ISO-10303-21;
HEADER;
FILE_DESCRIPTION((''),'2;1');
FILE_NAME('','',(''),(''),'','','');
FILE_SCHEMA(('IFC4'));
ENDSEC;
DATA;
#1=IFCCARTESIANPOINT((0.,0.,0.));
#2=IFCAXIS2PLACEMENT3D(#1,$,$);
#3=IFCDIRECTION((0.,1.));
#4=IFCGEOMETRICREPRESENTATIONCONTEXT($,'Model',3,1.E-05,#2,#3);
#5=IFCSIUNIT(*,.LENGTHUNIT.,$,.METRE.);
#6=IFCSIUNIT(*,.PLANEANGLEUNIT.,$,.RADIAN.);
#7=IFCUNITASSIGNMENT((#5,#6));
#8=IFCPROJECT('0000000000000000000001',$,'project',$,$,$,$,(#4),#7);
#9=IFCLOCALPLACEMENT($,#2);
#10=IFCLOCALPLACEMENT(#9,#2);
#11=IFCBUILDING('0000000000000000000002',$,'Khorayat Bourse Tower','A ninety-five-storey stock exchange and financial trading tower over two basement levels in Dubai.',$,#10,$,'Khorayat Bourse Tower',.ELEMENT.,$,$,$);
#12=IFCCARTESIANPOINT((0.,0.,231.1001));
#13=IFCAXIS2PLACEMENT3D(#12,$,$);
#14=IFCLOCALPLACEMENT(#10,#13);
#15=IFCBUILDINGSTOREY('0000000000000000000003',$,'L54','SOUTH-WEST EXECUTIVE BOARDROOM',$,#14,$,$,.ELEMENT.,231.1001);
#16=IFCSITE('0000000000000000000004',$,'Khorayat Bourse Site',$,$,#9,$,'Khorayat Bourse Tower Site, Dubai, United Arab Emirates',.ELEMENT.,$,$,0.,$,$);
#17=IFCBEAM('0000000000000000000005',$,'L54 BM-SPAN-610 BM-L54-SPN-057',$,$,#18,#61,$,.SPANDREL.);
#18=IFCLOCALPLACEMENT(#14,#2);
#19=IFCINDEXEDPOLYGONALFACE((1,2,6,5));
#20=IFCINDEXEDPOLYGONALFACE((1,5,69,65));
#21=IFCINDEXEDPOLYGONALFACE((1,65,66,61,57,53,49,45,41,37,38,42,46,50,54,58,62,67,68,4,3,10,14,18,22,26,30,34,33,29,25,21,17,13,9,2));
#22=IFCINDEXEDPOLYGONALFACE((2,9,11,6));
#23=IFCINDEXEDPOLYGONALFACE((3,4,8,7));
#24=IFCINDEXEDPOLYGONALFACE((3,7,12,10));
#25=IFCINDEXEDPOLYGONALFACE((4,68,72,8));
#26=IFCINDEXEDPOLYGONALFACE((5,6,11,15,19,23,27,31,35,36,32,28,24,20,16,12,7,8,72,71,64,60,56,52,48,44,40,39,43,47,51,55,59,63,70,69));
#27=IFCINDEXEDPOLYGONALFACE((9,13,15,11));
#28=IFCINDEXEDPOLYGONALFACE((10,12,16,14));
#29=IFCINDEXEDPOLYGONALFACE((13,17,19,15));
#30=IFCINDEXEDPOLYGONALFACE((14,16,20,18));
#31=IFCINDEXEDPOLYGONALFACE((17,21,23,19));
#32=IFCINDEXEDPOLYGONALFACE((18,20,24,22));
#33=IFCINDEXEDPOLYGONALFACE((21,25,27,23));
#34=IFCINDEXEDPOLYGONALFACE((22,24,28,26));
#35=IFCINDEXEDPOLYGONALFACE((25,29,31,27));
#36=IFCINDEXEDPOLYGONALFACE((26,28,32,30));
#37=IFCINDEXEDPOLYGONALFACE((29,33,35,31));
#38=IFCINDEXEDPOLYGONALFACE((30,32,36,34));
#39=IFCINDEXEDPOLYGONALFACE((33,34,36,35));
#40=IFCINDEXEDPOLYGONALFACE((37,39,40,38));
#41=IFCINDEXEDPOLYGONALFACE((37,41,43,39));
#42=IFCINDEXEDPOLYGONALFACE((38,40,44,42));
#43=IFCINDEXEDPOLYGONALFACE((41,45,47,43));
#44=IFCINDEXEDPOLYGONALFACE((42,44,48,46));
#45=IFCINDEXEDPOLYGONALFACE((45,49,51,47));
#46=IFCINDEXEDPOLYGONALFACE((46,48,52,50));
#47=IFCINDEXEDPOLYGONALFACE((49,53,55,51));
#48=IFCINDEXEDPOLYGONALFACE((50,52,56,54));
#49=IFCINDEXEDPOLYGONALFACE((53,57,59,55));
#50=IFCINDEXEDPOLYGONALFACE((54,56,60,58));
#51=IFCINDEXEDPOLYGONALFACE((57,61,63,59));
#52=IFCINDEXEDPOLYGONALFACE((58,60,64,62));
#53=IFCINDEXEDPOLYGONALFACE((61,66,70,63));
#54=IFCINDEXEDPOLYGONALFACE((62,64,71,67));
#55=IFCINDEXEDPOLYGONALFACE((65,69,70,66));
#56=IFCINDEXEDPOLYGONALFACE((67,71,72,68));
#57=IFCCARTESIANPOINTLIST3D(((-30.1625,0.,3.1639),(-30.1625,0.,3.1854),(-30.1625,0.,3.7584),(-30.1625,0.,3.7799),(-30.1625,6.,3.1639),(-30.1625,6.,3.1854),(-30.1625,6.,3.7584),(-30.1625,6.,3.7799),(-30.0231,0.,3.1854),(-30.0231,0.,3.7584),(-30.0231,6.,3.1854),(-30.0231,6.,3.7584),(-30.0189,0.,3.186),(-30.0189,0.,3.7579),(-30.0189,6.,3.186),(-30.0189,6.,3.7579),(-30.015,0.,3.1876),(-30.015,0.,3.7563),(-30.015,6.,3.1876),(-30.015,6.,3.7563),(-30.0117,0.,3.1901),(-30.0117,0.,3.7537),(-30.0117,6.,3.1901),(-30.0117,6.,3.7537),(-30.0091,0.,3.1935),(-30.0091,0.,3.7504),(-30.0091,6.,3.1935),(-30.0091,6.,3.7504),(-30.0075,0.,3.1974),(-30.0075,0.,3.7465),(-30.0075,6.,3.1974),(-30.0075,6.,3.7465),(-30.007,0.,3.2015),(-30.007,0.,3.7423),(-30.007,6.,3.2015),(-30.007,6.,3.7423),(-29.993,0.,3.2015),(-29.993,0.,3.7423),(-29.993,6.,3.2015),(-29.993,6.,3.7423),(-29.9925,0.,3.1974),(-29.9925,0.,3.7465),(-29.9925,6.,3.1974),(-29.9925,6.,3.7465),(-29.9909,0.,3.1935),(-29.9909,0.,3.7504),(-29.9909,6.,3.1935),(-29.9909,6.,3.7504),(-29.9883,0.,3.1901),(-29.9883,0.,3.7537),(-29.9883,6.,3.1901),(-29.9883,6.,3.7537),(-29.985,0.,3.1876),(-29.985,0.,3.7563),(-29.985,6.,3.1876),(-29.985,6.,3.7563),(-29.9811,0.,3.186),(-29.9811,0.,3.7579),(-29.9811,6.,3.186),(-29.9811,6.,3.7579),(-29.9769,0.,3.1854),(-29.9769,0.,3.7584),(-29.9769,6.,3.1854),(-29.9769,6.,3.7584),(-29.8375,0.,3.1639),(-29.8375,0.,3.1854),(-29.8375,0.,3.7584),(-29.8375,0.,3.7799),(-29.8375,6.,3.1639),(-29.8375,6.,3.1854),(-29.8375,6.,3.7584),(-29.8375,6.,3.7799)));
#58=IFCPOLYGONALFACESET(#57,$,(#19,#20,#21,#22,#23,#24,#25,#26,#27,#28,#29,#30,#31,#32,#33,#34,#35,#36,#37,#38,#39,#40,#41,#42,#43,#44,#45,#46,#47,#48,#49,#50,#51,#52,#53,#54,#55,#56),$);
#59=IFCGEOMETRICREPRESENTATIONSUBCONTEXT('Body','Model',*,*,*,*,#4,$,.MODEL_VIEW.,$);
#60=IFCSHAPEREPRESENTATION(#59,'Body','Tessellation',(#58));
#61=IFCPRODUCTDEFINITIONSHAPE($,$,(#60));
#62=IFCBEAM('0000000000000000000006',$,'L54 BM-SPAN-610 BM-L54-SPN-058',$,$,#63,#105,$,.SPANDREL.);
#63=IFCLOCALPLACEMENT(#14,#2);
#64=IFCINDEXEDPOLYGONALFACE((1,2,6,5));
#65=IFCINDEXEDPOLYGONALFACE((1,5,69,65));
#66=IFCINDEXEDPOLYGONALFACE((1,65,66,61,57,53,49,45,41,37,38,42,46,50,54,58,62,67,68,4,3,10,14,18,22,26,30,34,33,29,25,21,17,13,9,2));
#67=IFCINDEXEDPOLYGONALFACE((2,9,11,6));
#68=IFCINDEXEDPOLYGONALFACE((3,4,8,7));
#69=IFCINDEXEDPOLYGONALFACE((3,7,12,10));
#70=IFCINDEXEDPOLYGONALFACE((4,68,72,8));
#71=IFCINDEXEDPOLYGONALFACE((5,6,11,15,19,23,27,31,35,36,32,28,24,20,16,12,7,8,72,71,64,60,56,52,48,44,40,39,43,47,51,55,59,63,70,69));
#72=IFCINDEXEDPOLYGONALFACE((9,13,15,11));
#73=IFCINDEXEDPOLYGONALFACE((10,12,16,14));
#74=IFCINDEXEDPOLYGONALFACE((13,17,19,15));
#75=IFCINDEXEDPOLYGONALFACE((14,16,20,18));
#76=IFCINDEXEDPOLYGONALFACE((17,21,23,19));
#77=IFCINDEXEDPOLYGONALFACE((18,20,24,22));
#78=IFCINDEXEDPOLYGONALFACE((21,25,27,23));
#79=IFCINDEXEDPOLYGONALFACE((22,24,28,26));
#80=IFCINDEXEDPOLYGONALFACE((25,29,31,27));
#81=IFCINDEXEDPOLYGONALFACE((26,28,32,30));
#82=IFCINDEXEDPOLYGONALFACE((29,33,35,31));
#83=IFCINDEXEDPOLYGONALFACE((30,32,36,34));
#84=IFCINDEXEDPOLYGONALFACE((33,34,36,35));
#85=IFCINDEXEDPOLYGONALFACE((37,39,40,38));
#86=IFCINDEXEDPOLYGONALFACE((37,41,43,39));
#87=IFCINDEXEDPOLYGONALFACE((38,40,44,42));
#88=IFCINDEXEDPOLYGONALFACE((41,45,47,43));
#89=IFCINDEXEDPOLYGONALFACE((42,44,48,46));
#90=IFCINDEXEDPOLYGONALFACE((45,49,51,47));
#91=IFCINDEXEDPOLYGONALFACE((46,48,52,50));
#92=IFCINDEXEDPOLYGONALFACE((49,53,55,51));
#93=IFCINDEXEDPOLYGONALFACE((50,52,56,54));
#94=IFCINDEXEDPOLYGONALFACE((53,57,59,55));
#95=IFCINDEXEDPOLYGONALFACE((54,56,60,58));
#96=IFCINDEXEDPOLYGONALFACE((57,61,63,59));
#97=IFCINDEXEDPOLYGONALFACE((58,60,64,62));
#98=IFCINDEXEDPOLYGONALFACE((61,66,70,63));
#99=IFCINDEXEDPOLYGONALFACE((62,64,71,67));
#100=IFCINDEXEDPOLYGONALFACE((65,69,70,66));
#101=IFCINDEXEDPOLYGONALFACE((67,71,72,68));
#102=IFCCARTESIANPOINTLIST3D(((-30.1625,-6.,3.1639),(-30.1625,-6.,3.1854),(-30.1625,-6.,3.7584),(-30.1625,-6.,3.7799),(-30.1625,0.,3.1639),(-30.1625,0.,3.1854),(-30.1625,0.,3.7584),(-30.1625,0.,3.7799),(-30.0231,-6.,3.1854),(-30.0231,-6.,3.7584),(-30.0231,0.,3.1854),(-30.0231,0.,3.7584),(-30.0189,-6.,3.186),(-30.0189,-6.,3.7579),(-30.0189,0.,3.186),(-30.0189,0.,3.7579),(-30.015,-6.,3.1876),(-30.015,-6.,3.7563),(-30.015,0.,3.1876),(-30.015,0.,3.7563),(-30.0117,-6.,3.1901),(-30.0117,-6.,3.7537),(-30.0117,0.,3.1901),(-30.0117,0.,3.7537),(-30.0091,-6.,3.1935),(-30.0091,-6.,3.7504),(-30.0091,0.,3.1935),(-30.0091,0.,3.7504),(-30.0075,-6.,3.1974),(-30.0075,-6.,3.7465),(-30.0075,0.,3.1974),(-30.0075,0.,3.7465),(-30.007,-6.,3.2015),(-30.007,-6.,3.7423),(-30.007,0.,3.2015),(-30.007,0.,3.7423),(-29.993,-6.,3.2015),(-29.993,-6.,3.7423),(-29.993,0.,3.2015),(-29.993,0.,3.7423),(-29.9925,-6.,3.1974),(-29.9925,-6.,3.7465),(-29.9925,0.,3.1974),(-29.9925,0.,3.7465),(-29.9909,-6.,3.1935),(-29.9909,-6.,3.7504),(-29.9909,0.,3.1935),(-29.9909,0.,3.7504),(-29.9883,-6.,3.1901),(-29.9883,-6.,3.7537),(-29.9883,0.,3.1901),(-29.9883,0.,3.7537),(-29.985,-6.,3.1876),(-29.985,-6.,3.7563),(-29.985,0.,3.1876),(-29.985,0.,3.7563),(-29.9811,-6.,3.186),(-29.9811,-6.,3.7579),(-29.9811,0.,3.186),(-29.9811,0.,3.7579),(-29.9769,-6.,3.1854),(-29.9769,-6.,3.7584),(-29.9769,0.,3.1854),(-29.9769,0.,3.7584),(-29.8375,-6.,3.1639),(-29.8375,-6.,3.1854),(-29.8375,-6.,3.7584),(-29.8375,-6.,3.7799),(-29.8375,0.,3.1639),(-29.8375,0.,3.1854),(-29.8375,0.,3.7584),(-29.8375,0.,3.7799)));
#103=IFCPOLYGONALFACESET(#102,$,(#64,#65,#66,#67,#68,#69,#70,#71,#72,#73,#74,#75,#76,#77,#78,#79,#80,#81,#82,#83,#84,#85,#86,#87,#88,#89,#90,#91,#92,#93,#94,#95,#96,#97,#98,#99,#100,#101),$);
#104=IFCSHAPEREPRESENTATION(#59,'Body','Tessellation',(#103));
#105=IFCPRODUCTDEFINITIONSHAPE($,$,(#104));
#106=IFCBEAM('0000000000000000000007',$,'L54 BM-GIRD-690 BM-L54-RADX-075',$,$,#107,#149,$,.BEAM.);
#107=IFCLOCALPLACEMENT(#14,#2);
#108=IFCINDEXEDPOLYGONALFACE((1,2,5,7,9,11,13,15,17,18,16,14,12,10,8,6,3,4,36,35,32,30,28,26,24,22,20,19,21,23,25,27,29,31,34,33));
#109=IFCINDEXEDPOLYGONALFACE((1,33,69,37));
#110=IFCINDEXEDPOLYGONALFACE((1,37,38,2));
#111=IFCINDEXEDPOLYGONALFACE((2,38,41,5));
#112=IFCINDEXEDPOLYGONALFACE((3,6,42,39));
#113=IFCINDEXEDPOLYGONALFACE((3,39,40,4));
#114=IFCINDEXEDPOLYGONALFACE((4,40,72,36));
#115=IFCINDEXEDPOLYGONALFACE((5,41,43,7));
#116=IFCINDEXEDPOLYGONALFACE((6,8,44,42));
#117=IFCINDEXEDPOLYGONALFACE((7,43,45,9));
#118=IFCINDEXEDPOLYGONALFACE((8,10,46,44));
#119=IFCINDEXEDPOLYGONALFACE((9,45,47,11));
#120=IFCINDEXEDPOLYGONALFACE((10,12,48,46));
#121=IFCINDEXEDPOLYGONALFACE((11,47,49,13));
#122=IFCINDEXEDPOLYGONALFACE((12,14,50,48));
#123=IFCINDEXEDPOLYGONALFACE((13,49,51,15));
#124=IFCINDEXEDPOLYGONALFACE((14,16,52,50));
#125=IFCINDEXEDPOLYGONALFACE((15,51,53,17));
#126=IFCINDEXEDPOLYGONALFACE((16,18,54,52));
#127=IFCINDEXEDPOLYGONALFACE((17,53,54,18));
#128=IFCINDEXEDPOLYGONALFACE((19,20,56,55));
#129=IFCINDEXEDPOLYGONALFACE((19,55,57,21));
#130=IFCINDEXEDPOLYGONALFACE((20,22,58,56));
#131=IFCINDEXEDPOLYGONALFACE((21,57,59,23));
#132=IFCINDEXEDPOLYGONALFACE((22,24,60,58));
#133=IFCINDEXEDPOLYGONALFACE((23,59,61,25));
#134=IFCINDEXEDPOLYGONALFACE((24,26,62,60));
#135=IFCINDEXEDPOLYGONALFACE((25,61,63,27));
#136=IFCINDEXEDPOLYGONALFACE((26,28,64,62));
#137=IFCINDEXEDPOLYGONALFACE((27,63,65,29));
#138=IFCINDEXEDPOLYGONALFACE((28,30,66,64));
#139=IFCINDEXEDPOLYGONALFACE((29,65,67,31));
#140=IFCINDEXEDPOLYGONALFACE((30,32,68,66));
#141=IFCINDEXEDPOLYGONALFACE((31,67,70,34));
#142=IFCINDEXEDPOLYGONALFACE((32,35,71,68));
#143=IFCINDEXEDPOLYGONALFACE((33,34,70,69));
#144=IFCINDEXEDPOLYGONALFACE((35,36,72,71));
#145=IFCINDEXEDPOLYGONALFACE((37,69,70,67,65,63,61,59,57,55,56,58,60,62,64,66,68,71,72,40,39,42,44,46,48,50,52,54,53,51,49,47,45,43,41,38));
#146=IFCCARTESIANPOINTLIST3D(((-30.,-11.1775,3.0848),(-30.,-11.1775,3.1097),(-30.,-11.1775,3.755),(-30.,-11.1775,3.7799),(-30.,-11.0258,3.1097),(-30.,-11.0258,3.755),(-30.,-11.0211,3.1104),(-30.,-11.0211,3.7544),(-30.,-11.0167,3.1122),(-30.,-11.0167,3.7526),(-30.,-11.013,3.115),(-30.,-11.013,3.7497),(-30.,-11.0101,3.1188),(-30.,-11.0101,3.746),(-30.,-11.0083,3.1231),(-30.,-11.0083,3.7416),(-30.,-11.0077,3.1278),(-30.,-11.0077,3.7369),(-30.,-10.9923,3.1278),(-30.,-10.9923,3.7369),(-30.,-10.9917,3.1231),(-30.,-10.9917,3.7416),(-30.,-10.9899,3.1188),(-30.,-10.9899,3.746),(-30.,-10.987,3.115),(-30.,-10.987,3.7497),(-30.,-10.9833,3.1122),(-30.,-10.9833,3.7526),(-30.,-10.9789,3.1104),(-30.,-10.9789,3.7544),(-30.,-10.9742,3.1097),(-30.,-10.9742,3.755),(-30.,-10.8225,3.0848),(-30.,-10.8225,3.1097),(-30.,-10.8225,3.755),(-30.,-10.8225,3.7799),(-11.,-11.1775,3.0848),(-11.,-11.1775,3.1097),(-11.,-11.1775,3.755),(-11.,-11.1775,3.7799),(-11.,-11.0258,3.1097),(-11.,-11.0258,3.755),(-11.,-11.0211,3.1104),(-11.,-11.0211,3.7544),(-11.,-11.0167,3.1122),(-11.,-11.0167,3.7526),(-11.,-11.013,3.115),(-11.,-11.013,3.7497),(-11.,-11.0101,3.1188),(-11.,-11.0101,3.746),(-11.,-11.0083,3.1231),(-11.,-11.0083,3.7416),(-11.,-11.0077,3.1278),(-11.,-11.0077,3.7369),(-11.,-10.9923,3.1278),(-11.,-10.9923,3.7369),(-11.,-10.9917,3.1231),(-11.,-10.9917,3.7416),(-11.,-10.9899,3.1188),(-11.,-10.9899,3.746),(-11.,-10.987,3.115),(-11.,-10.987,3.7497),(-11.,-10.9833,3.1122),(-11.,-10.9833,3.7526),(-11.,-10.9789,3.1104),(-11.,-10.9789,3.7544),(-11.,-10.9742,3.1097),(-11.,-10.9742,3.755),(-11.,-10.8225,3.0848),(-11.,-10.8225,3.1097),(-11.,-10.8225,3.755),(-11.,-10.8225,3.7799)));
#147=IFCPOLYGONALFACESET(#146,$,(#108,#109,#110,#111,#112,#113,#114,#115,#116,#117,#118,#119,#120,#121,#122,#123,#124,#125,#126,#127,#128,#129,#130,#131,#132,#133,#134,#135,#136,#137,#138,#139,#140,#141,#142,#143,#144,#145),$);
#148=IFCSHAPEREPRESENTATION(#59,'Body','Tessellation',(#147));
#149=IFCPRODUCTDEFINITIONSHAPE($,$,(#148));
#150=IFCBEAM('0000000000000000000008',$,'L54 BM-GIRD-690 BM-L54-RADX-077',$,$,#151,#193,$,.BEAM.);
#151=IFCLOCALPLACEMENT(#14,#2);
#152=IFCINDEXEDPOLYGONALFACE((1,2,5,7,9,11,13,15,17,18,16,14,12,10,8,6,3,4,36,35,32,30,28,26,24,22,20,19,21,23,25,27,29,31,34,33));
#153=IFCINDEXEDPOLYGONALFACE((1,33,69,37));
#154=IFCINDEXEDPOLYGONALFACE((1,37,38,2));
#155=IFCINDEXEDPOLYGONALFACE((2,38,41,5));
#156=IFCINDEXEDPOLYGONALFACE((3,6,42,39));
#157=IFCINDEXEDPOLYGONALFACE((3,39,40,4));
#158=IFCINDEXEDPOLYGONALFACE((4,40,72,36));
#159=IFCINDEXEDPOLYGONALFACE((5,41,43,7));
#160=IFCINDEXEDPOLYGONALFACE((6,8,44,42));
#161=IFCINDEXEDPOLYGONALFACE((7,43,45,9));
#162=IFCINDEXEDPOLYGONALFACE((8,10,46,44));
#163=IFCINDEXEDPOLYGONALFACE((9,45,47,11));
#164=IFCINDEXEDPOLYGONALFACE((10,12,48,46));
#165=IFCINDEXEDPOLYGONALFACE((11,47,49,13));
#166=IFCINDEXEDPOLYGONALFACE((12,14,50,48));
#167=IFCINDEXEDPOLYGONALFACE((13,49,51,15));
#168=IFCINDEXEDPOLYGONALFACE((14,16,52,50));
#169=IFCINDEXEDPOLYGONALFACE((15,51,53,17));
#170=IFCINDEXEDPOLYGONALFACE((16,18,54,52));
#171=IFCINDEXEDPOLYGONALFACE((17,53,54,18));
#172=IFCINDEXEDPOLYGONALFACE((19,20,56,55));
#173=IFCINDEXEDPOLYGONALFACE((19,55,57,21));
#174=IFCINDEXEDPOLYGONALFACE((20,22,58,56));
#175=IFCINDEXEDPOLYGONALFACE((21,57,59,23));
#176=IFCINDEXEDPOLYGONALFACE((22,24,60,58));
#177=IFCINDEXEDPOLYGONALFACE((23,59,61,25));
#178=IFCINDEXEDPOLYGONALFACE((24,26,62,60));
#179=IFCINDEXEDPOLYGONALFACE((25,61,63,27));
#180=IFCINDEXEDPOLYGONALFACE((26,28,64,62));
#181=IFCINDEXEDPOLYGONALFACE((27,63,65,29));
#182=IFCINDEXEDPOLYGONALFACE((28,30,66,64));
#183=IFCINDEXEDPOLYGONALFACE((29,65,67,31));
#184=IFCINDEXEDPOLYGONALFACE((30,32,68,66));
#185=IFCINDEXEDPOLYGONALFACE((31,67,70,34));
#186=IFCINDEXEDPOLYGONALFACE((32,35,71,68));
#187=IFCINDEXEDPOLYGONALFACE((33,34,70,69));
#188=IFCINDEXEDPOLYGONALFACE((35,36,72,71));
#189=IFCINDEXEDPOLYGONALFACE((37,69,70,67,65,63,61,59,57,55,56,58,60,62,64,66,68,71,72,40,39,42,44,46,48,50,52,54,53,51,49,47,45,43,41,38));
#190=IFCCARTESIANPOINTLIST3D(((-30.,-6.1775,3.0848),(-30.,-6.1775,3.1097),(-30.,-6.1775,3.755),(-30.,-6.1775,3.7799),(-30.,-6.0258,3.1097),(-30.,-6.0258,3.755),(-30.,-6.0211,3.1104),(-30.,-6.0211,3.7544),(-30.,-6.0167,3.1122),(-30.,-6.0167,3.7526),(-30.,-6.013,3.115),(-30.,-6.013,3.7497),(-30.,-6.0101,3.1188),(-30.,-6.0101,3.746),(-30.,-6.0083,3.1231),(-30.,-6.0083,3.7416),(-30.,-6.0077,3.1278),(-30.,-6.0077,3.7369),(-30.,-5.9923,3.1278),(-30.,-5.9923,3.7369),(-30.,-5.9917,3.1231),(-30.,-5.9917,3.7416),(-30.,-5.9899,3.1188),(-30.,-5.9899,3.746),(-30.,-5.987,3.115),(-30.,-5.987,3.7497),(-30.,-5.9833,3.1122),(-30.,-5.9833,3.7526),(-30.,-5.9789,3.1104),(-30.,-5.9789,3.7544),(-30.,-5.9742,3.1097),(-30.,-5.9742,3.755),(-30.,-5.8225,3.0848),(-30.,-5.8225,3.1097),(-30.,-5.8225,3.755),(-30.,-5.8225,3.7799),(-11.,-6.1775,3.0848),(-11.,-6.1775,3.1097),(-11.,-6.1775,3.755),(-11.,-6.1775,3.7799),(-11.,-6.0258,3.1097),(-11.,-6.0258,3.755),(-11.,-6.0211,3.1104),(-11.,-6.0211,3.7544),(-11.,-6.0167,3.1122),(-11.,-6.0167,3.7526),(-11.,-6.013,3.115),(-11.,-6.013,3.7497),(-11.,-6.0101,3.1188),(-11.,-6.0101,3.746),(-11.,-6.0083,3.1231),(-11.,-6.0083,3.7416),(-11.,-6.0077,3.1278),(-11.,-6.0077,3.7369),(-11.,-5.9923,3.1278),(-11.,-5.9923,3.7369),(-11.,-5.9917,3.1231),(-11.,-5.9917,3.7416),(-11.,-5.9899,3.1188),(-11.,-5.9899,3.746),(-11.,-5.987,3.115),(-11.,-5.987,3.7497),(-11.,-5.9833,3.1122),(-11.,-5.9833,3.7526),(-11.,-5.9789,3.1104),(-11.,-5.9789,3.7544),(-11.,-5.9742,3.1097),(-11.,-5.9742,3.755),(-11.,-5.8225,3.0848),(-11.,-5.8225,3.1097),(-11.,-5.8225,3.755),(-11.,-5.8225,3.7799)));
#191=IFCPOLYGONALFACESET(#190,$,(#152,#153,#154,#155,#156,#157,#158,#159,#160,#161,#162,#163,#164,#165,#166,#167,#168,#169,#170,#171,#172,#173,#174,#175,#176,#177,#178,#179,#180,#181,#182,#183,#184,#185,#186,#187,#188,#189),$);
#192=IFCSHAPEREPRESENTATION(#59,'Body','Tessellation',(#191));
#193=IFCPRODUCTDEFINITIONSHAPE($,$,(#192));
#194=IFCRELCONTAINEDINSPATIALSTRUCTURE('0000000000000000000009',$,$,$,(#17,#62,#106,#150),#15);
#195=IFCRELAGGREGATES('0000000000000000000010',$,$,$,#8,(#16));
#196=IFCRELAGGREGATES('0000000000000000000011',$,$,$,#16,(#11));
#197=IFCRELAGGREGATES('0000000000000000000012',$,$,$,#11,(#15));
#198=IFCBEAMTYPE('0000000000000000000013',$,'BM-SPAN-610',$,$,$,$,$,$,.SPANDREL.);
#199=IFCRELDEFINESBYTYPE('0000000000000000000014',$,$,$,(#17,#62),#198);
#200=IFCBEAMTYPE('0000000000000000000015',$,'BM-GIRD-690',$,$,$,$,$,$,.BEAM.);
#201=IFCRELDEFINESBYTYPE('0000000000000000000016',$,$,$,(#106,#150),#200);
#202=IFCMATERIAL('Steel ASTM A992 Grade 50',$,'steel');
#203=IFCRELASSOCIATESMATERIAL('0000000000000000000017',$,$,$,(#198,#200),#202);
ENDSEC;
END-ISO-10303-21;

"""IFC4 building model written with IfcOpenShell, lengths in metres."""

from ifc_helpers import new_model, si_unit, direction, frame, origin, origin_2d, place, context, subcontext, project, spatial, i_section, extrude, source, transform, mapped, material, material_profile, profile_set, type_object, element, save


model = new_model("IFC4")

# Units and contexts
model_context = context("Model", 3, precision=1e-05, world=origin(), true_north=direction((0.0, 1.0)))
body_context = subcontext(model_context, "Body", "Model", "MODEL_VIEW")
ifc_project = project(units=[si_unit("LENGTHUNIT", "METRE"), si_unit("PLANEANGLEUNIT", "RADIAN")], contexts=[model_context])

# Site, building, storey
site_placement = place(None, origin())
site = spatial("IfcSite", under=ifc_project, at=site_placement, Name="Khorayat Bourse Site", LongName="Khorayat Bourse Tower Site, Dubai, United Arab Emirates", CompositionType="ELEMENT", RefElevation=0.0)
building_placement = place(site_placement, origin())
building = spatial("IfcBuilding", under=site, at=building_placement, Name="Khorayat Bourse Tower", Description="A ninety-five-storey stock exchange and financial trading tower over two basement levels in Dubai.", LongName="Khorayat Bourse Tower", CompositionType="ELEMENT")
storey_placement = place(building_placement, frame((0.0, 0.0, 231.1001)))
storey = spatial("IfcBuildingStorey", under=building, at=storey_placement, Name="L54", Description="SOUTH-WEST EXECUTIVE BOARDROOM", CompositionType="ELEMENT", Elevation=231.1001)

# Beams
ifc_material_1 = material(Name="Steel ASTM A992 Grade 50", Category="steel")
ifc_material_profile_1 = material_profile(ifc_material_1, i_section(OverallWidth=0.325, OverallDepth=0.616, WebThickness=0.0139, FlangeThickness=0.0215, FilletRadius=0.0161, at=origin_2d()), Name="W610X174")
ifc_profile_set_1 = profile_set([ifc_material_profile_1], Name="Steel ASTM A992 Grade 50")
beam_type_1 = type_object("IfcBeamType", Name="BM-SPAN-610", PredefinedType="SPANDREL", material=ifc_profile_set_1)
shared_shape_1 = source(origin(), body_context, "Body", "SweptSolid", [
    extrude(i_section(OverallWidth=0.325, OverallDepth=0.616, WebThickness=0.0139, FlangeThickness=0.0215, FilletRadius=0.0161, at=origin_2d()), origin(), (0.0, 0.0, 1.0), 6.0),
])
for number, where, z_axis, x_axis, name in (
    (1, (-30.0, 0.0, 3.4719), (0.0, 1.0, 0.0), (-1.0, 0.0, 0.0), "L54 BM-SPAN-610 BM-L54-SPN-057"),
    (2, (-30.0, -6.0, 3.4719), (0.0, 1.0, 0.0), (-1.0, 0.0, 0.0), "L54 BM-SPAN-610 BM-L54-SPN-058"),
):
    element("IfcBeam", number, at=place(storey_placement, frame(where, z_axis=z_axis, x_axis=x_axis)), inside=storey, type_object=beam_type_1, Name=name, PredefinedType="SPANDREL", context=body_context, shape_type="MappedRepresentation", body=[
        mapped(shared_shape_1, transform((0.0, 0.0, 0.0), scale=1.0)),
    ])
ifc_material_profile_2 = material_profile(ifc_material_1, i_section(OverallWidth=0.355, OverallDepth=0.6951, WebThickness=0.0154, FlangeThickness=0.0249, FilletRadius=0.0181, at=origin_2d()), Name="W690X217")
ifc_profile_set_2 = profile_set([ifc_material_profile_2], Name="Steel ASTM A992 Grade 50")
beam_type_2 = type_object("IfcBeamType", Name="BM-GIRD-690", PredefinedType="BEAM", material=ifc_profile_set_2)
shared_shape_2 = source(origin(), body_context, "Body", "SweptSolid", [
    extrude(i_section(OverallWidth=0.355, OverallDepth=0.6951, WebThickness=0.0154, FlangeThickness=0.0249, FilletRadius=0.0181, at=origin_2d()), origin(), (0.0, 0.0, 1.0), 19.0),
])
for number, where, z_axis, x_axis, name in (
    (3, (-30.0, -11.0, 3.4324), (1.0, 0.0, 0.0), (0.0, 1.0, 0.0), "L54 BM-GIRD-690 BM-L54-RADX-075"),
    (4, (-30.0, -6.0, 3.4324), (1.0, 0.0, 0.0), (0.0, 1.0, 0.0), "L54 BM-GIRD-690 BM-L54-RADX-077"),
):
    element("IfcBeam", number, at=place(storey_placement, frame(where, z_axis=z_axis, x_axis=x_axis)), inside=storey, type_object=beam_type_2, Name=name, PredefinedType="BEAM", context=body_context, shape_type="MappedRepresentation", body=[
        mapped(shared_shape_2, transform((0.0, 0.0, 0.0), scale=1.0)),
    ])

save(model, "model.ifc")
